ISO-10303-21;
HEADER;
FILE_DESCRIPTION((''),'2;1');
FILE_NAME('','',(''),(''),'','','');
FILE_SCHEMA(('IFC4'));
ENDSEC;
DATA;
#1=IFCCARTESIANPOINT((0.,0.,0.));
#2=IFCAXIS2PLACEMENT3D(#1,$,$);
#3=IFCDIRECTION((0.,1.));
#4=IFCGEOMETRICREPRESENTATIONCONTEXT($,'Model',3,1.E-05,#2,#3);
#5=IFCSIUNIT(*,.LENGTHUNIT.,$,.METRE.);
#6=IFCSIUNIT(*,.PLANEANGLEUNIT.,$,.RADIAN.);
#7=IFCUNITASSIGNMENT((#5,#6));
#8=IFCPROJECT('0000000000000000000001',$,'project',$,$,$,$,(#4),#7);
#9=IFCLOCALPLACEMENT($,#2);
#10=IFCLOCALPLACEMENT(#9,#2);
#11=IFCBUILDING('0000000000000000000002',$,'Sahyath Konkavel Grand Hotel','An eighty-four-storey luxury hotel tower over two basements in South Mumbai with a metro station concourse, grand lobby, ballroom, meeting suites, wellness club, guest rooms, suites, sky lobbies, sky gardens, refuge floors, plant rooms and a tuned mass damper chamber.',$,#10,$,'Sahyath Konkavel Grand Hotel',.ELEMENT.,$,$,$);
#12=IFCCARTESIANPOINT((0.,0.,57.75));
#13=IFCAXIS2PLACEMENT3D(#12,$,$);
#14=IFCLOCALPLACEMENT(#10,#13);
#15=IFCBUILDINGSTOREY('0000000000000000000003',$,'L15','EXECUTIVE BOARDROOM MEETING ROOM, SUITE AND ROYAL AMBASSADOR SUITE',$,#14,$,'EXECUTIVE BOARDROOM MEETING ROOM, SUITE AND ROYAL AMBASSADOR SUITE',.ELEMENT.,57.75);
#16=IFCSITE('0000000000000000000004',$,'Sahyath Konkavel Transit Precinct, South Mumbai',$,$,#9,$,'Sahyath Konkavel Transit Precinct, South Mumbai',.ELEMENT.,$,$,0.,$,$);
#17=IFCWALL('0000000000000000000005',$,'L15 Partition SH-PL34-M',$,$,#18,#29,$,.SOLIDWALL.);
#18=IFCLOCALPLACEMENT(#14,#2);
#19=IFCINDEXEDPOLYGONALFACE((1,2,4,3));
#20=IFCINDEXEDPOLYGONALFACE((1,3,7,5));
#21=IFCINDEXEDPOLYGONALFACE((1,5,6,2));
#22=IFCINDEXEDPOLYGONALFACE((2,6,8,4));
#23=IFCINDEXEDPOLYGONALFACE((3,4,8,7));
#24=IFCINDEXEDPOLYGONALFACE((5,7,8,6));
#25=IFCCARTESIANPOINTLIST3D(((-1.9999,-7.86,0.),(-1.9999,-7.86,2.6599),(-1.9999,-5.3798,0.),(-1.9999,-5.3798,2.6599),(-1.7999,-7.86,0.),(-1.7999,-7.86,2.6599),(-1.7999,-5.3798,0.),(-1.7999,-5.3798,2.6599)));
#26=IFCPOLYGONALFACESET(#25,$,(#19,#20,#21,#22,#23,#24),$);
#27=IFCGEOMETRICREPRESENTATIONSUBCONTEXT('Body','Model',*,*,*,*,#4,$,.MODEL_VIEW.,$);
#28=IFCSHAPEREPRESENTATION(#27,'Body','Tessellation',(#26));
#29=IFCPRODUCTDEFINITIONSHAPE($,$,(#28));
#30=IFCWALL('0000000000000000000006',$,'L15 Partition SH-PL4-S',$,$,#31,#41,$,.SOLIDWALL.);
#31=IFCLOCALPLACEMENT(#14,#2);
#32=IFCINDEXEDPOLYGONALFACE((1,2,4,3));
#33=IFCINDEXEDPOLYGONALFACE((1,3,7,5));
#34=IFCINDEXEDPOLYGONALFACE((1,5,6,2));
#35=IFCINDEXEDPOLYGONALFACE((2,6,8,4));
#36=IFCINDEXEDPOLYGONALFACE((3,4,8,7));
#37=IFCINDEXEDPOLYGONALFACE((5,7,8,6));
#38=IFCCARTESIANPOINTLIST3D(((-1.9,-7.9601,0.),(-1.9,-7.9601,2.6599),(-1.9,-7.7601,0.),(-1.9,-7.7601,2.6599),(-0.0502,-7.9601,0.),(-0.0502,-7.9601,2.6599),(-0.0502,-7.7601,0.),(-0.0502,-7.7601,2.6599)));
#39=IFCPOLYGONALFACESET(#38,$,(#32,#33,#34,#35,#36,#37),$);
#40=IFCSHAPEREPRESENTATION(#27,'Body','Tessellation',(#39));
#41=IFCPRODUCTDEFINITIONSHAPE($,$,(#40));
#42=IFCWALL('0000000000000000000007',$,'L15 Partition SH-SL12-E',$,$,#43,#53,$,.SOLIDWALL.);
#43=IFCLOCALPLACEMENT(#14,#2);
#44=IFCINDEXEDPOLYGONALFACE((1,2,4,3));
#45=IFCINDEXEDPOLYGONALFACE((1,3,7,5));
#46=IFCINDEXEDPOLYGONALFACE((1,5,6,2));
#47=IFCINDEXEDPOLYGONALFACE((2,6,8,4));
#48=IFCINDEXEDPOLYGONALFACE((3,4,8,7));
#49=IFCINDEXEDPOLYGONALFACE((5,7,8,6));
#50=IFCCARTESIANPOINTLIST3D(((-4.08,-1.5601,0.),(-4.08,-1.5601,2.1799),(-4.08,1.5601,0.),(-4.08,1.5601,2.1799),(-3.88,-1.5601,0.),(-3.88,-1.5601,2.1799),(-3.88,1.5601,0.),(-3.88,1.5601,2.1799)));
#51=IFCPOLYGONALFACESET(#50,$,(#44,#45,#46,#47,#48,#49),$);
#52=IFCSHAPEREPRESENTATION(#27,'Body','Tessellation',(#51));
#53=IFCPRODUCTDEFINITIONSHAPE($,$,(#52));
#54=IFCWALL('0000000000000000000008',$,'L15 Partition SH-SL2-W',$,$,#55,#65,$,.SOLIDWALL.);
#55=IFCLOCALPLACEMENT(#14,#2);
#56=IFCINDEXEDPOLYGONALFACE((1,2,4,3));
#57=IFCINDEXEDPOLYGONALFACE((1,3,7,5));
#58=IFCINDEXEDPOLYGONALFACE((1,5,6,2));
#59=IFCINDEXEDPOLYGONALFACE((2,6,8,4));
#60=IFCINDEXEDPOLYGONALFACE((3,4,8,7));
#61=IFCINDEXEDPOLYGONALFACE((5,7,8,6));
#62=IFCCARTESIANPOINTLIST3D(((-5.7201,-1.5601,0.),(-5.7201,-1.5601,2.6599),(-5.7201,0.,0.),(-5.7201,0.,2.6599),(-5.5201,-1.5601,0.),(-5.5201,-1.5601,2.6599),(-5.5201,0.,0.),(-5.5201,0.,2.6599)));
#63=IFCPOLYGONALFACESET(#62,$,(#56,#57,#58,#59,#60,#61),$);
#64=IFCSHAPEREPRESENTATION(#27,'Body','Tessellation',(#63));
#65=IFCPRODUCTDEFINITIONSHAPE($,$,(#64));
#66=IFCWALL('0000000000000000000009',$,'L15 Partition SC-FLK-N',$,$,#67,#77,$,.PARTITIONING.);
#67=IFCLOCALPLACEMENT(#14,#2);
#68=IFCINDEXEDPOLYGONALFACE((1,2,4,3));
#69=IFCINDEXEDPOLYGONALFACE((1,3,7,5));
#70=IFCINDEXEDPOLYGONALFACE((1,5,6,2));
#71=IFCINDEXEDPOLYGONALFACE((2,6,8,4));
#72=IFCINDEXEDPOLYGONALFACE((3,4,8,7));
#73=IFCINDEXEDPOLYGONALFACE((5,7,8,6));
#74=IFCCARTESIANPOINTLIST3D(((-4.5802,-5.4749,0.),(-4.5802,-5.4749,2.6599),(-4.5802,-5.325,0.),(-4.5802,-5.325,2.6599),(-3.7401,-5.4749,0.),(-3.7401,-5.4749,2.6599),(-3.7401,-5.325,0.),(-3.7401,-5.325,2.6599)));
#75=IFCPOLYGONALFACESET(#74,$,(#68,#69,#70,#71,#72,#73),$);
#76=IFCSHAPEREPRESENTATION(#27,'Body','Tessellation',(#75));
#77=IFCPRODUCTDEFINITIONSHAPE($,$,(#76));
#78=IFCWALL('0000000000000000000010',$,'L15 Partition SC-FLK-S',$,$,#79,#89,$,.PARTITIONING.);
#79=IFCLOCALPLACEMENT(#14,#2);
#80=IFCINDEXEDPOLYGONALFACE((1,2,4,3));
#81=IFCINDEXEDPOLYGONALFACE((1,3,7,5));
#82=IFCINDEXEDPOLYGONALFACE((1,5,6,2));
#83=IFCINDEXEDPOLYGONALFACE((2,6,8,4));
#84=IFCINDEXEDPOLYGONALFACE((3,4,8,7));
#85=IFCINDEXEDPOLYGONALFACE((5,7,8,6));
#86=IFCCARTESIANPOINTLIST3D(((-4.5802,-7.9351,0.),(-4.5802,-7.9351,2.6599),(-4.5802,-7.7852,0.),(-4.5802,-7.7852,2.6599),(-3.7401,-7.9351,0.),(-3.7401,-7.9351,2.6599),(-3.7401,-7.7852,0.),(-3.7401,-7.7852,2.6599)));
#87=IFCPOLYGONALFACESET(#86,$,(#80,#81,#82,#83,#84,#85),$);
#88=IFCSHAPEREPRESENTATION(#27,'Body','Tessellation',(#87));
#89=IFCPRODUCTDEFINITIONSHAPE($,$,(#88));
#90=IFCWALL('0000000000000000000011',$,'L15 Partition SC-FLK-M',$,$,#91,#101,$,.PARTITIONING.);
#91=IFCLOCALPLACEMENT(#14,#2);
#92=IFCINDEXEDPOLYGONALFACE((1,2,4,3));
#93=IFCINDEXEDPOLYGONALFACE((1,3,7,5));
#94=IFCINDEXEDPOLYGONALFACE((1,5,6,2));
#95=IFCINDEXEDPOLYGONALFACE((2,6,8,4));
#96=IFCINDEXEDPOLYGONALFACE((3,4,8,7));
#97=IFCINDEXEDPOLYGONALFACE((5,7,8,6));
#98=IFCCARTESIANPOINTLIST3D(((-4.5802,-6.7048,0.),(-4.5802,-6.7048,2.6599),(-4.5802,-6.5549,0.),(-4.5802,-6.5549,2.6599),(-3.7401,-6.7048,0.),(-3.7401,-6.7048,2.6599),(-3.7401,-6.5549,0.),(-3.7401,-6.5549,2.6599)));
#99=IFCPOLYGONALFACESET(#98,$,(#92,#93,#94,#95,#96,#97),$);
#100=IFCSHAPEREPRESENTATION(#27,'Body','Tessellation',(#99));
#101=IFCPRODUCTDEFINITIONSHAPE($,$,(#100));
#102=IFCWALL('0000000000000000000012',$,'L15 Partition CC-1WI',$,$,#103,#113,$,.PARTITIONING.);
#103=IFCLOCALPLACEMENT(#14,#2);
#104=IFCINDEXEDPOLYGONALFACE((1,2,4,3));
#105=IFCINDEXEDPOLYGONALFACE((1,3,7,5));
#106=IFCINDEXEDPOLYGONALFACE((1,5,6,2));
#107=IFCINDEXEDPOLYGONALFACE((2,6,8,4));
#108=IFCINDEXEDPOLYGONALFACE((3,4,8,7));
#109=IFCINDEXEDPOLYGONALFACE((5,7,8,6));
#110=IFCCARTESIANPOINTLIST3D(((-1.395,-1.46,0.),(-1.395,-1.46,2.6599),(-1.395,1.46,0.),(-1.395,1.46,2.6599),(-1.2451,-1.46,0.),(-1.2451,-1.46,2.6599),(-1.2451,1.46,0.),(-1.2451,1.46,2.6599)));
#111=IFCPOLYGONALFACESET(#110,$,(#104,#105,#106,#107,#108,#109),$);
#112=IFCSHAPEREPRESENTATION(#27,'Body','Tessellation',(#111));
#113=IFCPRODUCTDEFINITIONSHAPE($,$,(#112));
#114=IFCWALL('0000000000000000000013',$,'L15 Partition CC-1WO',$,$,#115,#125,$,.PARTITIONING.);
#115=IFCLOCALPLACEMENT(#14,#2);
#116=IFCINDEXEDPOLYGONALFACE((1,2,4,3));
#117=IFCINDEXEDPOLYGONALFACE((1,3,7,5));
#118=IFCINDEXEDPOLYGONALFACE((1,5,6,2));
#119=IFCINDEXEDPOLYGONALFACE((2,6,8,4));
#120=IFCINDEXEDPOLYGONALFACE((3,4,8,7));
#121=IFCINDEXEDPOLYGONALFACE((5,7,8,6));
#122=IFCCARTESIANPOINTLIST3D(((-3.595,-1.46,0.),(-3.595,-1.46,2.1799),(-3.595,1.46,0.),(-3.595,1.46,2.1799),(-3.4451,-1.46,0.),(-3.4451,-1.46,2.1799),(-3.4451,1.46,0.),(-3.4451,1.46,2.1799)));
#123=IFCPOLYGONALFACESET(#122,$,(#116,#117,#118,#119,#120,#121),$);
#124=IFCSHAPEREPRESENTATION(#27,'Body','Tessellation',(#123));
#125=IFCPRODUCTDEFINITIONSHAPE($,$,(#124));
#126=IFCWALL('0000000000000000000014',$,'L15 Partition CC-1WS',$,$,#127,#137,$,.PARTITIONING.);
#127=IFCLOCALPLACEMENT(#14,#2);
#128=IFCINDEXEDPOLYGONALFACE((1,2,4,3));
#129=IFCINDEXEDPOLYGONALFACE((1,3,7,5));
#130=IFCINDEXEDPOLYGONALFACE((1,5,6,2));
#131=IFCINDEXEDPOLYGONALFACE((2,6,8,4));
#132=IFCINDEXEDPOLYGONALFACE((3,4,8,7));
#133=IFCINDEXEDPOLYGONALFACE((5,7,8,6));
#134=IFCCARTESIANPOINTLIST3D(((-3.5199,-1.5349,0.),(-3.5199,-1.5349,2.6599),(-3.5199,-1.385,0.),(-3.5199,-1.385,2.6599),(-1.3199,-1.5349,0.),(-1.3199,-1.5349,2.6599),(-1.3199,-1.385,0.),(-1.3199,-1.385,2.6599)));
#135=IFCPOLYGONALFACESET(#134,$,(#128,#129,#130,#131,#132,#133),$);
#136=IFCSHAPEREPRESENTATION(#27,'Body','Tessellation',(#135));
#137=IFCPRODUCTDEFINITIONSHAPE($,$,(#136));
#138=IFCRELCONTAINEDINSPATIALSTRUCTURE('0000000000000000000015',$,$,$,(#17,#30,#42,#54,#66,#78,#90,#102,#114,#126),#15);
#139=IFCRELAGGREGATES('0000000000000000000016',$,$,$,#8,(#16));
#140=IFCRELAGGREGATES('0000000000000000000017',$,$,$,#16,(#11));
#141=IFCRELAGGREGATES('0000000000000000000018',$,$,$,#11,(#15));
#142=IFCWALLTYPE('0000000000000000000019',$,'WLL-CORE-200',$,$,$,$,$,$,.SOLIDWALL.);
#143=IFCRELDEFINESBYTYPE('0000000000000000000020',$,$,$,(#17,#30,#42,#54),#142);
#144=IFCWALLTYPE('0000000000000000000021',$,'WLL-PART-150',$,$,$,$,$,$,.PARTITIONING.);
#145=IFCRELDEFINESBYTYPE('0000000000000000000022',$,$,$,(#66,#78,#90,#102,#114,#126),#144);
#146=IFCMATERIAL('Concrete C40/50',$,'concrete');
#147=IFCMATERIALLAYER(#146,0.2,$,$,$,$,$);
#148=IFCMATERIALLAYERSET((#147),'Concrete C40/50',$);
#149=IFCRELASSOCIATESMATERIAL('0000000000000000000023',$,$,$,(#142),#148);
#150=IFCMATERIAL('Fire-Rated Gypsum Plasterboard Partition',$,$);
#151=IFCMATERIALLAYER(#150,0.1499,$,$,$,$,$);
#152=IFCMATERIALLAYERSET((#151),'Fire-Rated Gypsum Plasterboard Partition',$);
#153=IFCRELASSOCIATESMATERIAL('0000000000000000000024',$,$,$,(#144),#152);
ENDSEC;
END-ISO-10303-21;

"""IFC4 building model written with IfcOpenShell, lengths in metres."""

from ifc_helpers import new_model, si_unit, direction, frame, frame_2d, origin, place, context, subcontext, project, spatial, rectangle, extrude, material, layer, layer_set, type_object, element, save


model = new_model("IFC4")

# Units and contexts
model_context = context("Model", 3, precision=1e-05, world=origin(), true_north=direction((0.0, 1.0)))
body_context = subcontext(model_context, "Body", "Model", "MODEL_VIEW")
ifc_project = project(units=[si_unit("LENGTHUNIT", "METRE"), si_unit("PLANEANGLEUNIT", "RADIAN")], contexts=[model_context])

# Site, building, storey
site_placement = place(None, origin())
site = spatial("IfcSite", under=ifc_project, at=site_placement, Name="Sahyath Konkavel Transit Precinct, South Mumbai", LongName="Sahyath Konkavel Transit Precinct, South Mumbai", CompositionType="ELEMENT", RefElevation=0.0)
building_placement = place(site_placement, origin())
building = spatial("IfcBuilding", under=site, at=building_placement, Name="Sahyath Konkavel Grand Hotel", Description="An eighty-four-storey luxury hotel tower over two basements in South Mumbai with a metro station concourse, grand lobby, ballroom, meeting suites, wellness club, guest rooms, suites, sky lobbies, sky gardens, refuge floors, plant rooms and a tuned mass damper chamber.", LongName="Sahyath Konkavel Grand Hotel", CompositionType="ELEMENT")
storey_placement = place(building_placement, frame((0.0, 0.0, 57.75)))
storey = spatial("IfcBuildingStorey", under=building, at=storey_placement, Name="L15", Description="EXECUTIVE BOARDROOM MEETING ROOM, SUITE AND ROYAL AMBASSADOR SUITE", LongName="EXECUTIVE BOARDROOM MEETING ROOM, SUITE AND ROYAL AMBASSADOR SUITE", CompositionType="ELEMENT", Elevation=57.75)

# Shared definitions
ifc_material_1 = material(Name="Concrete C40/50", Category="concrete")
ifc_layer_1 = layer(ifc_material_1, 0.2)
ifc_layer_set_1 = layer_set([ifc_layer_1], Name="Concrete C40/50")
wall_type_1 = type_object("IfcWallType", Name="WLL-CORE-200", PredefinedType="SOLIDWALL", material=ifc_layer_set_1)

# Walls
wall_1_placement = place(storey_placement, frame((-1.8999, -7.8601, 0.0), z_axis=(0.0, 0.0, 1.0), x_axis=(0.0, 1.0, 0.0)))
element("IfcWall", 1, at=wall_1_placement, inside=storey, type_object=wall_type_1, Name="L15 Partition SH-PL34-M", PredefinedType="SOLIDWALL", context=body_context, shape_type="SweptSolid", body=[
    extrude(rectangle(XDim=2.4802, YDim=0.2, at=frame_2d((1.2402, 0.0))), origin(), (0.0, 0.0, 1.0), 2.6599),
])
wall_2_placement = place(storey_placement, frame((-1.8999, -7.8601, 0.0), z_axis=(0.0, 0.0, 1.0), x_axis=(1.0, 0.0, 0.0)))
element("IfcWall", 2, at=wall_2_placement, inside=storey, type_object=wall_type_1, Name="L15 Partition SH-PL4-S", PredefinedType="SOLIDWALL", context=body_context, shape_type="SweptSolid", body=[
    extrude(rectangle(XDim=1.8499, YDim=0.2, at=frame_2d((0.9248, 0.0))), origin(), (0.0, 0.0, 1.0), 2.6599),
])
wall_3_placement = place(storey_placement, frame((-3.98, -1.5601, 0.0), z_axis=(0.0, 0.0, 1.0), x_axis=(0.0, 1.0, 0.0)))
element("IfcWall", 3, at=wall_3_placement, inside=storey, type_object=wall_type_1, Name="L15 Partition SH-SL12-E", PredefinedType="SOLIDWALL", context=body_context, shape_type="SweptSolid", body=[
    extrude(rectangle(XDim=3.1201, YDim=0.2, at=frame_2d((1.5601, 0.0))), origin(), (0.0, 0.0, 1.0), 2.1799),
])
wall_4_placement = place(storey_placement, frame((-5.6201, -1.5601, 0.0), z_axis=(0.0, 0.0, 1.0), x_axis=(0.0, 1.0, 0.0)))
element("IfcWall", 4, at=wall_4_placement, inside=storey, type_object=wall_type_1, Name="L15 Partition SH-SL2-W", PredefinedType="SOLIDWALL", context=body_context, shape_type="SweptSolid", body=[
    extrude(rectangle(XDim=1.5601, YDim=0.2, at=frame_2d((0.78, 0.0))), origin(), (0.0, 0.0, 1.0), 2.6599),
])
ifc_material_2 = material(Name="Fire-Rated Gypsum Plasterboard Partition")
ifc_layer_2 = layer(ifc_material_2, 0.1499)
ifc_layer_set_2 = layer_set([ifc_layer_2], Name="Fire-Rated Gypsum Plasterboard Partition")
wall_type_2 = type_object("IfcWallType", Name="WLL-PART-150", PredefinedType="PARTITIONING", material=ifc_layer_set_2)
for number, where, z_axis, x_axis, name in (
    (5, (-4.5801, -5.3999, 0.0), (0.0, 0.0, 1.0), (1.0, 0.0, 0.0), "L15 Partition SC-FLK-N"),
    (6, (-4.5801, -7.8601, 0.0), (0.0, 0.0, 1.0), (1.0, 0.0, 0.0), "L15 Partition SC-FLK-S"),
    (7, (-4.5801, -6.6299, 0.0), (0.0, 0.0, 1.0), (1.0, 0.0, 0.0), "L15 Partition SC-FLK-M"),
):
    element("IfcWall", number, at=place(storey_placement, frame(where, z_axis=z_axis, x_axis=x_axis)), inside=storey, type_object=wall_type_2, Name=name, PredefinedType="PARTITIONING", context=body_context, shape_type="SweptSolid", body=[
        extrude(rectangle(XDim=0.8401, YDim=0.1499, at=frame_2d((0.4199, 0.0))), origin(), (0.0, 0.0, 1.0), 2.6599),
    ])
wall_5_placement = place(storey_placement, frame((-1.3201, -1.46, 0.0), z_axis=(0.0, 0.0, 1.0), x_axis=(0.0, 1.0, 0.0)))
element("IfcWall", 8, at=wall_5_placement, inside=storey, type_object=wall_type_2, Name="L15 Partition CC-1WI", PredefinedType="PARTITIONING", context=body_context, shape_type="SweptSolid", body=[
    extrude(rectangle(XDim=2.9199, YDim=0.1499, at=frame_2d((1.46, 0.0))), origin(), (0.0, 0.0, 1.0), 2.6599),
])
wall_6_placement = place(storey_placement, frame((-3.52, -1.46, 0.0), z_axis=(0.0, 0.0, 1.0), x_axis=(0.0, 1.0, 0.0)))
element("IfcWall", 9, at=wall_6_placement, inside=storey, type_object=wall_type_2, Name="L15 Partition CC-1WO", PredefinedType="PARTITIONING", context=body_context, shape_type="SweptSolid", body=[
    extrude(rectangle(XDim=2.9199, YDim=0.1499, at=frame_2d((1.46, 0.0))), origin(), (0.0, 0.0, 1.0), 2.1799),
])
wall_7_placement = place(storey_placement, frame((-3.52, -1.46, 0.0), z_axis=(0.0, 0.0, 1.0), x_axis=(1.0, 0.0, 0.0)))
element("IfcWall", 10, at=wall_7_placement, inside=storey, type_object=wall_type_2, Name="L15 Partition CC-1WS", PredefinedType="PARTITIONING", context=body_context, shape_type="SweptSolid", body=[
    extrude(rectangle(XDim=2.2, YDim=0.1499, at=frame_2d((1.1001, 0.0))), origin(), (0.0, 0.0, 1.0), 2.6599),
])

save(model, "model.ifc")
